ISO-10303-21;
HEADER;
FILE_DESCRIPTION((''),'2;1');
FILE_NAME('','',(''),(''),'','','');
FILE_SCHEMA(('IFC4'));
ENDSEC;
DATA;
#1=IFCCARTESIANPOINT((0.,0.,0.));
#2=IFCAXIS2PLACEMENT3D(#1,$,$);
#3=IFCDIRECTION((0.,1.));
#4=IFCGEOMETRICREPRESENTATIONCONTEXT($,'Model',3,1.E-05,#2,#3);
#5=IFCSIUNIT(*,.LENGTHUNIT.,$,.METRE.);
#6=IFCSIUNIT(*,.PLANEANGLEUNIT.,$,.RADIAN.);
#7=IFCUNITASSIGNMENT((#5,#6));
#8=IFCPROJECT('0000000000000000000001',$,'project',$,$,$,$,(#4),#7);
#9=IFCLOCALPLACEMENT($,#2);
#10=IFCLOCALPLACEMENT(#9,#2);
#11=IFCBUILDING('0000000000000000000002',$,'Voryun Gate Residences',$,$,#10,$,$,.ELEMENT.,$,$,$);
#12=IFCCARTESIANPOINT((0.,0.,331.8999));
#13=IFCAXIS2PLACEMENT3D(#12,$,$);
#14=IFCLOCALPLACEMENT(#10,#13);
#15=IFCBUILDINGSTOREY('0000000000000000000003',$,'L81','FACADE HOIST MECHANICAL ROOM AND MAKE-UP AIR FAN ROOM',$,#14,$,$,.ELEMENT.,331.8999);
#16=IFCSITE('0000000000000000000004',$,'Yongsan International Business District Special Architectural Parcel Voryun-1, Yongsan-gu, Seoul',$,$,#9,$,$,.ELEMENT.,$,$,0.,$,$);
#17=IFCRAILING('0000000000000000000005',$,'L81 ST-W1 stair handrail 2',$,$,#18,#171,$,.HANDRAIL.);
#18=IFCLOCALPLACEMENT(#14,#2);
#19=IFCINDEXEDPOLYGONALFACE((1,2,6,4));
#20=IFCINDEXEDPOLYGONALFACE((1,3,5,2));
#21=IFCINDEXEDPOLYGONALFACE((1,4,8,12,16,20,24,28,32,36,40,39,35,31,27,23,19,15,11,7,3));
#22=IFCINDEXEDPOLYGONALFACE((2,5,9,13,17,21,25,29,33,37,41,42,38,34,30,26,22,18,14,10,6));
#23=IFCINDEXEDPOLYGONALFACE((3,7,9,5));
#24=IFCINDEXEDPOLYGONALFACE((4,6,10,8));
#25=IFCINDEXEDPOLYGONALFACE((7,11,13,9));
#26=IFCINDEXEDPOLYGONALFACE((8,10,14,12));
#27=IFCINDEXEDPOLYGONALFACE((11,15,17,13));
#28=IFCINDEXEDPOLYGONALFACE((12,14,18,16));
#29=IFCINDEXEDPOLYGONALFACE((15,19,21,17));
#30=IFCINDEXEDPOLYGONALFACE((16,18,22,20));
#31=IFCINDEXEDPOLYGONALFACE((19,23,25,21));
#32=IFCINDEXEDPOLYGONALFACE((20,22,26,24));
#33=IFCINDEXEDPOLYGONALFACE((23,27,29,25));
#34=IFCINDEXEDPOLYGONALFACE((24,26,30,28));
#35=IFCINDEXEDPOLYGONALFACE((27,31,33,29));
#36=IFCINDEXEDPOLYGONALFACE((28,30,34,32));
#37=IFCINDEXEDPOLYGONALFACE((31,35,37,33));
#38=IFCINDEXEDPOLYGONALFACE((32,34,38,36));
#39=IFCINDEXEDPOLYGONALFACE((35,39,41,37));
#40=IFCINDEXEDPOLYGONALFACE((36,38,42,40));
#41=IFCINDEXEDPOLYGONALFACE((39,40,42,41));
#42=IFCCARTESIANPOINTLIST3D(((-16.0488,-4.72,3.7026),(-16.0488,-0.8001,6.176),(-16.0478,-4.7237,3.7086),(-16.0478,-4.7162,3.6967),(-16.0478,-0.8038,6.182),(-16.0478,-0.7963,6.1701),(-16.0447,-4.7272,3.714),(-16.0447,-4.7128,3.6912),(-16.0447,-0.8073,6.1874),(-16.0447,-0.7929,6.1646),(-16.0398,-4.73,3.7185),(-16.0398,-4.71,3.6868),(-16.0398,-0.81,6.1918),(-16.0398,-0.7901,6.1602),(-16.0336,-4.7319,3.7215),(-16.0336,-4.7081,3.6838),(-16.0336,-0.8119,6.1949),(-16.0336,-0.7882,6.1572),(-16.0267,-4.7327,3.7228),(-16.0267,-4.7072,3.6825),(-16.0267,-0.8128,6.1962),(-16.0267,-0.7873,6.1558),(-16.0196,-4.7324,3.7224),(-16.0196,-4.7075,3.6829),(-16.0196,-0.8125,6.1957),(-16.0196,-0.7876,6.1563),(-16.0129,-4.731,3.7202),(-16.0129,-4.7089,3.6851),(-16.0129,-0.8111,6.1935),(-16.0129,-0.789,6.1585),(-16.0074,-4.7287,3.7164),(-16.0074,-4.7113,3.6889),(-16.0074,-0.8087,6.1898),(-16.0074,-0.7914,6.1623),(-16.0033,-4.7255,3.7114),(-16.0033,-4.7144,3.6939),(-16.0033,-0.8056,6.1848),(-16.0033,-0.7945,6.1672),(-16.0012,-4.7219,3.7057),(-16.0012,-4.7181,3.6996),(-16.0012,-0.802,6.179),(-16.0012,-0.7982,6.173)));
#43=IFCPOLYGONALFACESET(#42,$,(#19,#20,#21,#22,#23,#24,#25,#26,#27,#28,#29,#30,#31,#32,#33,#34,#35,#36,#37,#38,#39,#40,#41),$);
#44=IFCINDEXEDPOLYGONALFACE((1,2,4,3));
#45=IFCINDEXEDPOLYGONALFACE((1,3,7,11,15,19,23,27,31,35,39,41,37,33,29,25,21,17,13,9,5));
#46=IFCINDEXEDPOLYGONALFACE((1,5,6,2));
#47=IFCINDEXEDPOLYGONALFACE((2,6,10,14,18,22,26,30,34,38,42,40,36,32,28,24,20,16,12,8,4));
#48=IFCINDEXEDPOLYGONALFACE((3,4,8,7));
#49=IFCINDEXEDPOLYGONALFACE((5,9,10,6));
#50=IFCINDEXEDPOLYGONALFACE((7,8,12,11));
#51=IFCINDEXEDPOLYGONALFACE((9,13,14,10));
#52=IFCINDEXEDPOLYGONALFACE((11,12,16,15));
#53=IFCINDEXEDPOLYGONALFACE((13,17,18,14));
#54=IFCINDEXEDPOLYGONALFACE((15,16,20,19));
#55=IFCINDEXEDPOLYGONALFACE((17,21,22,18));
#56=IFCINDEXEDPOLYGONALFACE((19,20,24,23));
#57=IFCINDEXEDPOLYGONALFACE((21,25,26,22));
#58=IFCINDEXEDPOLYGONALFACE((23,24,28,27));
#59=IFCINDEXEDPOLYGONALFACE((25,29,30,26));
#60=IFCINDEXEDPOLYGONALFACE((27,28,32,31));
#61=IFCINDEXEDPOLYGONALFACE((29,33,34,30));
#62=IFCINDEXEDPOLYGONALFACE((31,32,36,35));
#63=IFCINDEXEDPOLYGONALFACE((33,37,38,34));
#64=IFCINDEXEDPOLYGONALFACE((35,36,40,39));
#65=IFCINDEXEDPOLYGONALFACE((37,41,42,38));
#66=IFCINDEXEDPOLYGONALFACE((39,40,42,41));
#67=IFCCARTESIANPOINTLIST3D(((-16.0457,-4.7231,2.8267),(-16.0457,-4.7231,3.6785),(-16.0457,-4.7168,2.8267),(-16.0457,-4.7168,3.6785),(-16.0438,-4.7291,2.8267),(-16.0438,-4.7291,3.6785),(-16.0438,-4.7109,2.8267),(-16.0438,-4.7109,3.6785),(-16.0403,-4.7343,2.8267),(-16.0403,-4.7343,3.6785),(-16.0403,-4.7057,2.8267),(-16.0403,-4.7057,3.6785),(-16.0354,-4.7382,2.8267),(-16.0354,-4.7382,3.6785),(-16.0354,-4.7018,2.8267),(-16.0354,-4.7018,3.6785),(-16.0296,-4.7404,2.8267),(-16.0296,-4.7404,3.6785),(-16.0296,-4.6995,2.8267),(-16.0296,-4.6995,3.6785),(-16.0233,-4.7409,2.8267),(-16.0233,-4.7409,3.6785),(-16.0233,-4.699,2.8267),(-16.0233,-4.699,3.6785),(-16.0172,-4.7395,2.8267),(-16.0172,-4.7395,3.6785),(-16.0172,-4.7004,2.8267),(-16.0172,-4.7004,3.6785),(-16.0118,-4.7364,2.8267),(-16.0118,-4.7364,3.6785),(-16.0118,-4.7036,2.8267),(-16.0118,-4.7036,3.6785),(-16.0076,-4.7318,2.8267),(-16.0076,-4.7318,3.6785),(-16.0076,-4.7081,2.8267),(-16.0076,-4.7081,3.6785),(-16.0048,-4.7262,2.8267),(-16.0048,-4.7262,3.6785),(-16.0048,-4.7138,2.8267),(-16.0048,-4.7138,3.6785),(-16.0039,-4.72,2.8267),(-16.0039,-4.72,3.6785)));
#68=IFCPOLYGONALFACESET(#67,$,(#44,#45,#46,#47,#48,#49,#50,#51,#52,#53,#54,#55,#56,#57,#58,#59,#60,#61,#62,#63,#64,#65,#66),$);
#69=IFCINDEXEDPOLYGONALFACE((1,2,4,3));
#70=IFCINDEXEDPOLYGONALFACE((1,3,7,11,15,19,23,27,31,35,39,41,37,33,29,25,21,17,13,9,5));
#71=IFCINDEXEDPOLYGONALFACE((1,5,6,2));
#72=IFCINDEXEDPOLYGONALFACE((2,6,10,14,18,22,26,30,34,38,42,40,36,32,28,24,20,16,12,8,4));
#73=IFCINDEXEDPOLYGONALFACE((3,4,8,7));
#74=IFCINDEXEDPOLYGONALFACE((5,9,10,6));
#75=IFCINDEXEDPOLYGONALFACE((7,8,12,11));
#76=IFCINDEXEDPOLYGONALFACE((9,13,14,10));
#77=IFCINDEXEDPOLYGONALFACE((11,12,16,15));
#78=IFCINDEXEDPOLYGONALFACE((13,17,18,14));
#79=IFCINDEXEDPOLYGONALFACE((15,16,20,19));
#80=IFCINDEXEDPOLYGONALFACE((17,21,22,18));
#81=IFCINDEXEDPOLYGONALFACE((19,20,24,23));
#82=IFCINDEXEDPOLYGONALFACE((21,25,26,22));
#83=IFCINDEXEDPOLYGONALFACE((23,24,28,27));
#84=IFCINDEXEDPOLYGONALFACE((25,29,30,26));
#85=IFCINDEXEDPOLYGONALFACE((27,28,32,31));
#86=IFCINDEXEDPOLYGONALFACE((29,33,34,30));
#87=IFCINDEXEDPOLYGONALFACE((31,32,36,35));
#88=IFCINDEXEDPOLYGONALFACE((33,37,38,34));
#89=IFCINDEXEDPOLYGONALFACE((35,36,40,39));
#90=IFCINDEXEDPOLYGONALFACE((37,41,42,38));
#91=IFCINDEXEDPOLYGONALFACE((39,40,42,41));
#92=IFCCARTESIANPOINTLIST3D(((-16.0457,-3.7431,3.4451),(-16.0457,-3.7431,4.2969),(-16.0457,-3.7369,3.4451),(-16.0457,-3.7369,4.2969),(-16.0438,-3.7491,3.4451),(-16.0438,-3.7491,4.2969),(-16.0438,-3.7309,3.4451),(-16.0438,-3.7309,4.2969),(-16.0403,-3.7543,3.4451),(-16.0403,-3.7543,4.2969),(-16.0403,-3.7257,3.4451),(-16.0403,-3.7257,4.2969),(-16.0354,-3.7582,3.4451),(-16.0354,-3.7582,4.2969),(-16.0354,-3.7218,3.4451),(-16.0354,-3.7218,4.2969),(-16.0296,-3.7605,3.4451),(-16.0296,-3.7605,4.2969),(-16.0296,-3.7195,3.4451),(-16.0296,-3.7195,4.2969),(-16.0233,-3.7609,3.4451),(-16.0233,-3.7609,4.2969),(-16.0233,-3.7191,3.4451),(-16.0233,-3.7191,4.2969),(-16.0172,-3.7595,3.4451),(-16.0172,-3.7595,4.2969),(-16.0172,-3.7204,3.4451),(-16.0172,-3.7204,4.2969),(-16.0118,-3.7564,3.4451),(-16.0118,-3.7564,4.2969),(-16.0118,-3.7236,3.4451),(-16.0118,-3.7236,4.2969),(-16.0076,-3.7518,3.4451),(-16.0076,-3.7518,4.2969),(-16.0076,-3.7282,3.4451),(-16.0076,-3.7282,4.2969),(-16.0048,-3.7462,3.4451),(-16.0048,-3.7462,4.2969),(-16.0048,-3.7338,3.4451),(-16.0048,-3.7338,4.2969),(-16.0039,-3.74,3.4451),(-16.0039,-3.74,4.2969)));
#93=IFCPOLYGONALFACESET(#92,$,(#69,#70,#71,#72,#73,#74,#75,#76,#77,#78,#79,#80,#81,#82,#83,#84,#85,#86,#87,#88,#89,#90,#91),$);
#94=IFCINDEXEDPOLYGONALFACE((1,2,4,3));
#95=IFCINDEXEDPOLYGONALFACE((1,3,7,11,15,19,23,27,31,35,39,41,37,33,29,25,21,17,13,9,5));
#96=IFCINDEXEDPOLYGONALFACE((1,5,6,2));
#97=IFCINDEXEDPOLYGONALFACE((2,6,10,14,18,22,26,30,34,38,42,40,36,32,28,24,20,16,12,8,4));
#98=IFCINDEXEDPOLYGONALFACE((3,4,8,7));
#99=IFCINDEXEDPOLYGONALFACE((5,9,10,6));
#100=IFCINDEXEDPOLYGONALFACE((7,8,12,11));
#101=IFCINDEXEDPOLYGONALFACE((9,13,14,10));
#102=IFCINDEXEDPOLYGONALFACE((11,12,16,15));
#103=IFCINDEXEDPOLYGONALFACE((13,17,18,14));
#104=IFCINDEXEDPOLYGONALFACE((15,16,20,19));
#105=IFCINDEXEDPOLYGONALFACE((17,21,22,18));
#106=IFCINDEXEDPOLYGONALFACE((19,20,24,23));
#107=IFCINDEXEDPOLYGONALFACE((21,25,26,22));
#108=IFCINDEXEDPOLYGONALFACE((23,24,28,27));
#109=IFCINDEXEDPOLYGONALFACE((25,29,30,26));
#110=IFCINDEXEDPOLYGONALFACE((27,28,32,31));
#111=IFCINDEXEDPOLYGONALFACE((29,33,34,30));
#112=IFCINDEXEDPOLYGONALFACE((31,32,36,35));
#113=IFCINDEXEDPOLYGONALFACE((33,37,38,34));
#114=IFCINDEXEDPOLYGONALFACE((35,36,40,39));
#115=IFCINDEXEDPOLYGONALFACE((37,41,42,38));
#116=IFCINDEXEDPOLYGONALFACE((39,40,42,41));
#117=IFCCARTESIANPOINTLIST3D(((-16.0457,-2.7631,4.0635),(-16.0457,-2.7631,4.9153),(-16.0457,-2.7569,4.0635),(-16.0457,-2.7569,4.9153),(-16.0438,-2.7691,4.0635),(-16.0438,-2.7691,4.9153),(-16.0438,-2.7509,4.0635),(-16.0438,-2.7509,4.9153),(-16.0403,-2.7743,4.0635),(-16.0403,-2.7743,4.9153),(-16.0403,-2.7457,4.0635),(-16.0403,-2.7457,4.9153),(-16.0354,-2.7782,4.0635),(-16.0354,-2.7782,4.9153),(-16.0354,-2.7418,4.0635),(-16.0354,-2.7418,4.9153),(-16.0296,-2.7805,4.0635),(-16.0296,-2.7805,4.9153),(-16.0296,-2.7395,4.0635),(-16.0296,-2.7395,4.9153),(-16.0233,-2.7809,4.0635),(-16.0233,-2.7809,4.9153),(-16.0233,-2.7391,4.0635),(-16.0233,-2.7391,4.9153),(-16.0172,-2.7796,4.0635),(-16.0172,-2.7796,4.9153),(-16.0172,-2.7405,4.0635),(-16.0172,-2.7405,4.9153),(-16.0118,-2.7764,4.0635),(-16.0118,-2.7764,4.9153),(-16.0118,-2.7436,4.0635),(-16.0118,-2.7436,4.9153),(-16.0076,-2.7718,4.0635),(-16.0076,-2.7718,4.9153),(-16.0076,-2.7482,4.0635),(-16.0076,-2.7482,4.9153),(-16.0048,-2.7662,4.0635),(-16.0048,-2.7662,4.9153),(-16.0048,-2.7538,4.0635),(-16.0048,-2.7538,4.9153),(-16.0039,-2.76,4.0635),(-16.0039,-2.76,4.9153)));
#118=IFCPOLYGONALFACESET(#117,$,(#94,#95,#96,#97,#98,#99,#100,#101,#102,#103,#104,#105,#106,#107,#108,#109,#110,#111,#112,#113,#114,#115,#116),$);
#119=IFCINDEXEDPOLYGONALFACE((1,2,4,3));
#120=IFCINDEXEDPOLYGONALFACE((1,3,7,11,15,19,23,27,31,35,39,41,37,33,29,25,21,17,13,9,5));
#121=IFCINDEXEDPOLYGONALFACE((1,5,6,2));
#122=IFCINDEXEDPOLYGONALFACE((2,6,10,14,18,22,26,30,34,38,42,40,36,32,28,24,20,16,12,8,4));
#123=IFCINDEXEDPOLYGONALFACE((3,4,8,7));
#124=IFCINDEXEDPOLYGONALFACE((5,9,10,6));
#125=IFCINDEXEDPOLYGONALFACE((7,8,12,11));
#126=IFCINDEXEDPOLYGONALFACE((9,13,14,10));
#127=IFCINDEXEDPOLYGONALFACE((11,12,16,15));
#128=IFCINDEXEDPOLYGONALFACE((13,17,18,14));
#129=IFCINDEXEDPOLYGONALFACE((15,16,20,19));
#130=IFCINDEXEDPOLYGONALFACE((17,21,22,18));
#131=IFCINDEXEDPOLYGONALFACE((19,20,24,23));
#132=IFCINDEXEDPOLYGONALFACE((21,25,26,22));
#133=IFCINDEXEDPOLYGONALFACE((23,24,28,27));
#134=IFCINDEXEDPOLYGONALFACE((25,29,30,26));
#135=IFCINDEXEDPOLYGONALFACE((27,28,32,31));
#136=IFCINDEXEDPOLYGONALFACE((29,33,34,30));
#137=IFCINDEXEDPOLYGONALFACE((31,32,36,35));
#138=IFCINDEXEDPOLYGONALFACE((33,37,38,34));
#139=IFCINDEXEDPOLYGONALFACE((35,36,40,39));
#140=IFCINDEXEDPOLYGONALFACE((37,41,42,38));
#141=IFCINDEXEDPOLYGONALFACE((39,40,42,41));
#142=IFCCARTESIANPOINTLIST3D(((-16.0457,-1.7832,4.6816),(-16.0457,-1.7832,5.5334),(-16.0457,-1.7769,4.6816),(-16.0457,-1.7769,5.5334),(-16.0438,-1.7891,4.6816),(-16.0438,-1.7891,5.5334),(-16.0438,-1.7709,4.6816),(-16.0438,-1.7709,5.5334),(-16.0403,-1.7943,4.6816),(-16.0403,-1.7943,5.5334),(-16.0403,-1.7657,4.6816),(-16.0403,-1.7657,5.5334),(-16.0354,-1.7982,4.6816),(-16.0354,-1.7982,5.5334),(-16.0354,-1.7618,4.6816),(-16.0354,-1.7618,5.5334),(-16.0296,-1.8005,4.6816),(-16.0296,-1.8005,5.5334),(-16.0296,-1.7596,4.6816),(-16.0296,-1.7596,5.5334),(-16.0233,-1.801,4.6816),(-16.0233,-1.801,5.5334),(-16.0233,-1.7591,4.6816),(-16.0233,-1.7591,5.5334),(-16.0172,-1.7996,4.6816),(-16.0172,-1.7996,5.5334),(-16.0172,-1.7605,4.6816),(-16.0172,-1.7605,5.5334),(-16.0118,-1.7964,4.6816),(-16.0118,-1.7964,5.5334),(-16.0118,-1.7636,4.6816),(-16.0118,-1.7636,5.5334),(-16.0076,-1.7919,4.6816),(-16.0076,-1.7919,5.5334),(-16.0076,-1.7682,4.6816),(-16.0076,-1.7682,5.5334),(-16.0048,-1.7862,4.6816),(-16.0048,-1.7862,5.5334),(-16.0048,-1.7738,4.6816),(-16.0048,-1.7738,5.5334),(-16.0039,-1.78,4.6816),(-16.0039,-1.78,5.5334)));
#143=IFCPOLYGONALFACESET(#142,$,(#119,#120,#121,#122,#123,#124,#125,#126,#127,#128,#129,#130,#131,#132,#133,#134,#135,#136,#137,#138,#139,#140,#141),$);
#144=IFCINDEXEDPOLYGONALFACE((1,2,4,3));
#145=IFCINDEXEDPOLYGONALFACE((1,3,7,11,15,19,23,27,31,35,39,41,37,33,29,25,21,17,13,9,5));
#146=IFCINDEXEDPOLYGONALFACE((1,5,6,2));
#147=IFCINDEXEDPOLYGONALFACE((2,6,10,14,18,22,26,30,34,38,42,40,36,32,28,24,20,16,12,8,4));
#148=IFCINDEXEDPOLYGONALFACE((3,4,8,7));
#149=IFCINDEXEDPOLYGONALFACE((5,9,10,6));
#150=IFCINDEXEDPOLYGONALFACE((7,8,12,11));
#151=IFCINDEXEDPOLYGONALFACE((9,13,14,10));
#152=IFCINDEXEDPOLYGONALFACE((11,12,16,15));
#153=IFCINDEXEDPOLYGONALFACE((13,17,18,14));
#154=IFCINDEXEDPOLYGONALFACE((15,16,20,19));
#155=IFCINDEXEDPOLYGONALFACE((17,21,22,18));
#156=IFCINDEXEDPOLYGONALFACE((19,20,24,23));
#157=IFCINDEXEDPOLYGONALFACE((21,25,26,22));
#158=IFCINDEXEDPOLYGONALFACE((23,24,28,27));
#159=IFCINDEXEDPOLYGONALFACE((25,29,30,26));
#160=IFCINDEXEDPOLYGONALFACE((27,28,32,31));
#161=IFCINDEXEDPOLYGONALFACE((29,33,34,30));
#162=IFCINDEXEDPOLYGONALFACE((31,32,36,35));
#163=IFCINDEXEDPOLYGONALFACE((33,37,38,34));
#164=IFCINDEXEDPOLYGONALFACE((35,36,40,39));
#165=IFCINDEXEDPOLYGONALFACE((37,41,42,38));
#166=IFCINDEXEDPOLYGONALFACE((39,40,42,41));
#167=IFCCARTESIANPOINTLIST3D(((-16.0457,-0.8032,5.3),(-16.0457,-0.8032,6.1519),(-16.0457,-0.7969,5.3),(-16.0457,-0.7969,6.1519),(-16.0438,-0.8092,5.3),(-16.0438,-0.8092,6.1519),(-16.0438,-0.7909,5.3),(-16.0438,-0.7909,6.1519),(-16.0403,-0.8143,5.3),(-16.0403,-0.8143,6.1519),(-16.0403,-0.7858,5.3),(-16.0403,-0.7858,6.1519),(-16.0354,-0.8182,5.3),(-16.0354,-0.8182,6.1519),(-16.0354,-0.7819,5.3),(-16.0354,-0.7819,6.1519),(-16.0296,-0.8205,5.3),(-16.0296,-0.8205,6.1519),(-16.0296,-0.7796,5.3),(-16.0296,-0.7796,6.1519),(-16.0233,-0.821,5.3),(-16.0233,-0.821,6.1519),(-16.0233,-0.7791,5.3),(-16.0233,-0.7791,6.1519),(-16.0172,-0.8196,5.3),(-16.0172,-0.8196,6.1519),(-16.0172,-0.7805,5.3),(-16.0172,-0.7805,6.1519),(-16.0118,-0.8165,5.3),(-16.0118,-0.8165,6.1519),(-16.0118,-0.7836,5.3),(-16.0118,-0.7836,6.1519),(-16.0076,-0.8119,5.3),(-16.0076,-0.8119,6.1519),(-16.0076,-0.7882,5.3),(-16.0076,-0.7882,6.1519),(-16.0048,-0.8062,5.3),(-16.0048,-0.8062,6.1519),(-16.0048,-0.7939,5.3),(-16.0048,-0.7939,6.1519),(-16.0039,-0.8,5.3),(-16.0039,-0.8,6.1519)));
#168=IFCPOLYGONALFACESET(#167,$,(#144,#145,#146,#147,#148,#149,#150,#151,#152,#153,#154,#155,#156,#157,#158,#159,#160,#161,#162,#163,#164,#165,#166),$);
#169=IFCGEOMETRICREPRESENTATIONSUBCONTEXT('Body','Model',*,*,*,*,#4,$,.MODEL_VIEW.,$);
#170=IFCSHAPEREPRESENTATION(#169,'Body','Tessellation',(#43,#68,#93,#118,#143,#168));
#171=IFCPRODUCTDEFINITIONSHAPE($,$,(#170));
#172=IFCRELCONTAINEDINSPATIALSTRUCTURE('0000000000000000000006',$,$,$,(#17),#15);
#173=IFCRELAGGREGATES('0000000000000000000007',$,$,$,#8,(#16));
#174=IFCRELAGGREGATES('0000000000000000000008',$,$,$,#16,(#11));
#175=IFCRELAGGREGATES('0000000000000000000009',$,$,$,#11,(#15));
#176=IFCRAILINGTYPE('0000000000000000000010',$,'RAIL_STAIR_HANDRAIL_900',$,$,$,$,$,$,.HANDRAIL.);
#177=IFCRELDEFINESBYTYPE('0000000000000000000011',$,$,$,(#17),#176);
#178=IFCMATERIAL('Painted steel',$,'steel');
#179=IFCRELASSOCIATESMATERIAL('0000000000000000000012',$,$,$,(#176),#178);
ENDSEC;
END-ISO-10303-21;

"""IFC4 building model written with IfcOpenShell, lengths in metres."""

from ifc_helpers import new_model, si_unit, direction, frame, origin, origin_2d, place, context, subcontext, project, spatial, circle, extrude, material, type_object, element, save


model = new_model("IFC4")

# Units and contexts
model_context = context("Model", 3, precision=1e-05, world=origin(), true_north=direction((0.0, 1.0)))
body_context = subcontext(model_context, "Body", "Model", "MODEL_VIEW")
ifc_project = project(units=[si_unit("LENGTHUNIT", "METRE"), si_unit("PLANEANGLEUNIT", "RADIAN")], contexts=[model_context])

# Site, building, storey
site_placement = place(None, origin())
site = spatial("IfcSite", under=ifc_project, at=site_placement, Name="Yongsan International Business District Special Architectural Parcel Voryun-1, Yongsan-gu, Seoul", CompositionType="ELEMENT", RefElevation=0.0)
building_placement = place(site_placement, origin())
building = spatial("IfcBuilding", under=site, at=building_placement, Name="Voryun Gate Residences", CompositionType="ELEMENT")
storey_placement = place(building_placement, frame((0.0, 0.0, 331.8999)))
storey = spatial("IfcBuildingStorey", under=building, at=storey_placement, Name="L81", Description="FACADE HOIST MECHANICAL ROOM AND MAKE-UP AIR FAN ROOM", CompositionType="ELEMENT", Elevation=331.8999)

# Railing
ifc_material_1 = material(Name="Painted steel", Category="steel")
railing_type_1 = type_object("IfcRailingType", Name="RAIL_STAIR_HANDRAIL_900", PredefinedType="HANDRAIL", material=ifc_material_1)
railing_1_placement = place(storey_placement, frame((-16.0249, -4.72, 2.8267)))
element("IfcRailing", 1, at=railing_1_placement, inside=storey, type_object=railing_type_1, Name="L81 ST-W1 stair handrail 2", PredefinedType="HANDRAIL", context=body_context, shape_type="SweptSolid", body=[
    extrude(circle(Radius=0.0239, at=origin_2d()), frame((0.0, 0.0, 0.876), z_axis=(0.0, 0.845718, 0.53363), x_axis=(-1.0, 0.0, 0.0)), (0.0, 0.0, 1.0), 4.635),
    extrude(circle(Radius=0.021, at=origin_2d()), origin(), (0.0, 0.0, 1.0), 0.8518),
    extrude(circle(Radius=0.021, at=origin_2d()), frame((0.0, 0.98, 0.6184)), (0.0, 0.0, 1.0), 0.8518),
    extrude(circle(Radius=0.021, at=origin_2d()), frame((0.0, 1.96, 1.2368)), (0.0, 0.0, 1.0), 0.8518),
    extrude(circle(Radius=0.021, at=origin_2d()), frame((0.0, 2.9399, 1.855)), (0.0, 0.0, 1.0), 0.8518),
    extrude(circle(Radius=0.021, at=origin_2d()), frame((0.0, 3.9199, 2.4734)), (0.0, 0.0, 1.0), 0.8518),
])

save(model, "model.ifc")
